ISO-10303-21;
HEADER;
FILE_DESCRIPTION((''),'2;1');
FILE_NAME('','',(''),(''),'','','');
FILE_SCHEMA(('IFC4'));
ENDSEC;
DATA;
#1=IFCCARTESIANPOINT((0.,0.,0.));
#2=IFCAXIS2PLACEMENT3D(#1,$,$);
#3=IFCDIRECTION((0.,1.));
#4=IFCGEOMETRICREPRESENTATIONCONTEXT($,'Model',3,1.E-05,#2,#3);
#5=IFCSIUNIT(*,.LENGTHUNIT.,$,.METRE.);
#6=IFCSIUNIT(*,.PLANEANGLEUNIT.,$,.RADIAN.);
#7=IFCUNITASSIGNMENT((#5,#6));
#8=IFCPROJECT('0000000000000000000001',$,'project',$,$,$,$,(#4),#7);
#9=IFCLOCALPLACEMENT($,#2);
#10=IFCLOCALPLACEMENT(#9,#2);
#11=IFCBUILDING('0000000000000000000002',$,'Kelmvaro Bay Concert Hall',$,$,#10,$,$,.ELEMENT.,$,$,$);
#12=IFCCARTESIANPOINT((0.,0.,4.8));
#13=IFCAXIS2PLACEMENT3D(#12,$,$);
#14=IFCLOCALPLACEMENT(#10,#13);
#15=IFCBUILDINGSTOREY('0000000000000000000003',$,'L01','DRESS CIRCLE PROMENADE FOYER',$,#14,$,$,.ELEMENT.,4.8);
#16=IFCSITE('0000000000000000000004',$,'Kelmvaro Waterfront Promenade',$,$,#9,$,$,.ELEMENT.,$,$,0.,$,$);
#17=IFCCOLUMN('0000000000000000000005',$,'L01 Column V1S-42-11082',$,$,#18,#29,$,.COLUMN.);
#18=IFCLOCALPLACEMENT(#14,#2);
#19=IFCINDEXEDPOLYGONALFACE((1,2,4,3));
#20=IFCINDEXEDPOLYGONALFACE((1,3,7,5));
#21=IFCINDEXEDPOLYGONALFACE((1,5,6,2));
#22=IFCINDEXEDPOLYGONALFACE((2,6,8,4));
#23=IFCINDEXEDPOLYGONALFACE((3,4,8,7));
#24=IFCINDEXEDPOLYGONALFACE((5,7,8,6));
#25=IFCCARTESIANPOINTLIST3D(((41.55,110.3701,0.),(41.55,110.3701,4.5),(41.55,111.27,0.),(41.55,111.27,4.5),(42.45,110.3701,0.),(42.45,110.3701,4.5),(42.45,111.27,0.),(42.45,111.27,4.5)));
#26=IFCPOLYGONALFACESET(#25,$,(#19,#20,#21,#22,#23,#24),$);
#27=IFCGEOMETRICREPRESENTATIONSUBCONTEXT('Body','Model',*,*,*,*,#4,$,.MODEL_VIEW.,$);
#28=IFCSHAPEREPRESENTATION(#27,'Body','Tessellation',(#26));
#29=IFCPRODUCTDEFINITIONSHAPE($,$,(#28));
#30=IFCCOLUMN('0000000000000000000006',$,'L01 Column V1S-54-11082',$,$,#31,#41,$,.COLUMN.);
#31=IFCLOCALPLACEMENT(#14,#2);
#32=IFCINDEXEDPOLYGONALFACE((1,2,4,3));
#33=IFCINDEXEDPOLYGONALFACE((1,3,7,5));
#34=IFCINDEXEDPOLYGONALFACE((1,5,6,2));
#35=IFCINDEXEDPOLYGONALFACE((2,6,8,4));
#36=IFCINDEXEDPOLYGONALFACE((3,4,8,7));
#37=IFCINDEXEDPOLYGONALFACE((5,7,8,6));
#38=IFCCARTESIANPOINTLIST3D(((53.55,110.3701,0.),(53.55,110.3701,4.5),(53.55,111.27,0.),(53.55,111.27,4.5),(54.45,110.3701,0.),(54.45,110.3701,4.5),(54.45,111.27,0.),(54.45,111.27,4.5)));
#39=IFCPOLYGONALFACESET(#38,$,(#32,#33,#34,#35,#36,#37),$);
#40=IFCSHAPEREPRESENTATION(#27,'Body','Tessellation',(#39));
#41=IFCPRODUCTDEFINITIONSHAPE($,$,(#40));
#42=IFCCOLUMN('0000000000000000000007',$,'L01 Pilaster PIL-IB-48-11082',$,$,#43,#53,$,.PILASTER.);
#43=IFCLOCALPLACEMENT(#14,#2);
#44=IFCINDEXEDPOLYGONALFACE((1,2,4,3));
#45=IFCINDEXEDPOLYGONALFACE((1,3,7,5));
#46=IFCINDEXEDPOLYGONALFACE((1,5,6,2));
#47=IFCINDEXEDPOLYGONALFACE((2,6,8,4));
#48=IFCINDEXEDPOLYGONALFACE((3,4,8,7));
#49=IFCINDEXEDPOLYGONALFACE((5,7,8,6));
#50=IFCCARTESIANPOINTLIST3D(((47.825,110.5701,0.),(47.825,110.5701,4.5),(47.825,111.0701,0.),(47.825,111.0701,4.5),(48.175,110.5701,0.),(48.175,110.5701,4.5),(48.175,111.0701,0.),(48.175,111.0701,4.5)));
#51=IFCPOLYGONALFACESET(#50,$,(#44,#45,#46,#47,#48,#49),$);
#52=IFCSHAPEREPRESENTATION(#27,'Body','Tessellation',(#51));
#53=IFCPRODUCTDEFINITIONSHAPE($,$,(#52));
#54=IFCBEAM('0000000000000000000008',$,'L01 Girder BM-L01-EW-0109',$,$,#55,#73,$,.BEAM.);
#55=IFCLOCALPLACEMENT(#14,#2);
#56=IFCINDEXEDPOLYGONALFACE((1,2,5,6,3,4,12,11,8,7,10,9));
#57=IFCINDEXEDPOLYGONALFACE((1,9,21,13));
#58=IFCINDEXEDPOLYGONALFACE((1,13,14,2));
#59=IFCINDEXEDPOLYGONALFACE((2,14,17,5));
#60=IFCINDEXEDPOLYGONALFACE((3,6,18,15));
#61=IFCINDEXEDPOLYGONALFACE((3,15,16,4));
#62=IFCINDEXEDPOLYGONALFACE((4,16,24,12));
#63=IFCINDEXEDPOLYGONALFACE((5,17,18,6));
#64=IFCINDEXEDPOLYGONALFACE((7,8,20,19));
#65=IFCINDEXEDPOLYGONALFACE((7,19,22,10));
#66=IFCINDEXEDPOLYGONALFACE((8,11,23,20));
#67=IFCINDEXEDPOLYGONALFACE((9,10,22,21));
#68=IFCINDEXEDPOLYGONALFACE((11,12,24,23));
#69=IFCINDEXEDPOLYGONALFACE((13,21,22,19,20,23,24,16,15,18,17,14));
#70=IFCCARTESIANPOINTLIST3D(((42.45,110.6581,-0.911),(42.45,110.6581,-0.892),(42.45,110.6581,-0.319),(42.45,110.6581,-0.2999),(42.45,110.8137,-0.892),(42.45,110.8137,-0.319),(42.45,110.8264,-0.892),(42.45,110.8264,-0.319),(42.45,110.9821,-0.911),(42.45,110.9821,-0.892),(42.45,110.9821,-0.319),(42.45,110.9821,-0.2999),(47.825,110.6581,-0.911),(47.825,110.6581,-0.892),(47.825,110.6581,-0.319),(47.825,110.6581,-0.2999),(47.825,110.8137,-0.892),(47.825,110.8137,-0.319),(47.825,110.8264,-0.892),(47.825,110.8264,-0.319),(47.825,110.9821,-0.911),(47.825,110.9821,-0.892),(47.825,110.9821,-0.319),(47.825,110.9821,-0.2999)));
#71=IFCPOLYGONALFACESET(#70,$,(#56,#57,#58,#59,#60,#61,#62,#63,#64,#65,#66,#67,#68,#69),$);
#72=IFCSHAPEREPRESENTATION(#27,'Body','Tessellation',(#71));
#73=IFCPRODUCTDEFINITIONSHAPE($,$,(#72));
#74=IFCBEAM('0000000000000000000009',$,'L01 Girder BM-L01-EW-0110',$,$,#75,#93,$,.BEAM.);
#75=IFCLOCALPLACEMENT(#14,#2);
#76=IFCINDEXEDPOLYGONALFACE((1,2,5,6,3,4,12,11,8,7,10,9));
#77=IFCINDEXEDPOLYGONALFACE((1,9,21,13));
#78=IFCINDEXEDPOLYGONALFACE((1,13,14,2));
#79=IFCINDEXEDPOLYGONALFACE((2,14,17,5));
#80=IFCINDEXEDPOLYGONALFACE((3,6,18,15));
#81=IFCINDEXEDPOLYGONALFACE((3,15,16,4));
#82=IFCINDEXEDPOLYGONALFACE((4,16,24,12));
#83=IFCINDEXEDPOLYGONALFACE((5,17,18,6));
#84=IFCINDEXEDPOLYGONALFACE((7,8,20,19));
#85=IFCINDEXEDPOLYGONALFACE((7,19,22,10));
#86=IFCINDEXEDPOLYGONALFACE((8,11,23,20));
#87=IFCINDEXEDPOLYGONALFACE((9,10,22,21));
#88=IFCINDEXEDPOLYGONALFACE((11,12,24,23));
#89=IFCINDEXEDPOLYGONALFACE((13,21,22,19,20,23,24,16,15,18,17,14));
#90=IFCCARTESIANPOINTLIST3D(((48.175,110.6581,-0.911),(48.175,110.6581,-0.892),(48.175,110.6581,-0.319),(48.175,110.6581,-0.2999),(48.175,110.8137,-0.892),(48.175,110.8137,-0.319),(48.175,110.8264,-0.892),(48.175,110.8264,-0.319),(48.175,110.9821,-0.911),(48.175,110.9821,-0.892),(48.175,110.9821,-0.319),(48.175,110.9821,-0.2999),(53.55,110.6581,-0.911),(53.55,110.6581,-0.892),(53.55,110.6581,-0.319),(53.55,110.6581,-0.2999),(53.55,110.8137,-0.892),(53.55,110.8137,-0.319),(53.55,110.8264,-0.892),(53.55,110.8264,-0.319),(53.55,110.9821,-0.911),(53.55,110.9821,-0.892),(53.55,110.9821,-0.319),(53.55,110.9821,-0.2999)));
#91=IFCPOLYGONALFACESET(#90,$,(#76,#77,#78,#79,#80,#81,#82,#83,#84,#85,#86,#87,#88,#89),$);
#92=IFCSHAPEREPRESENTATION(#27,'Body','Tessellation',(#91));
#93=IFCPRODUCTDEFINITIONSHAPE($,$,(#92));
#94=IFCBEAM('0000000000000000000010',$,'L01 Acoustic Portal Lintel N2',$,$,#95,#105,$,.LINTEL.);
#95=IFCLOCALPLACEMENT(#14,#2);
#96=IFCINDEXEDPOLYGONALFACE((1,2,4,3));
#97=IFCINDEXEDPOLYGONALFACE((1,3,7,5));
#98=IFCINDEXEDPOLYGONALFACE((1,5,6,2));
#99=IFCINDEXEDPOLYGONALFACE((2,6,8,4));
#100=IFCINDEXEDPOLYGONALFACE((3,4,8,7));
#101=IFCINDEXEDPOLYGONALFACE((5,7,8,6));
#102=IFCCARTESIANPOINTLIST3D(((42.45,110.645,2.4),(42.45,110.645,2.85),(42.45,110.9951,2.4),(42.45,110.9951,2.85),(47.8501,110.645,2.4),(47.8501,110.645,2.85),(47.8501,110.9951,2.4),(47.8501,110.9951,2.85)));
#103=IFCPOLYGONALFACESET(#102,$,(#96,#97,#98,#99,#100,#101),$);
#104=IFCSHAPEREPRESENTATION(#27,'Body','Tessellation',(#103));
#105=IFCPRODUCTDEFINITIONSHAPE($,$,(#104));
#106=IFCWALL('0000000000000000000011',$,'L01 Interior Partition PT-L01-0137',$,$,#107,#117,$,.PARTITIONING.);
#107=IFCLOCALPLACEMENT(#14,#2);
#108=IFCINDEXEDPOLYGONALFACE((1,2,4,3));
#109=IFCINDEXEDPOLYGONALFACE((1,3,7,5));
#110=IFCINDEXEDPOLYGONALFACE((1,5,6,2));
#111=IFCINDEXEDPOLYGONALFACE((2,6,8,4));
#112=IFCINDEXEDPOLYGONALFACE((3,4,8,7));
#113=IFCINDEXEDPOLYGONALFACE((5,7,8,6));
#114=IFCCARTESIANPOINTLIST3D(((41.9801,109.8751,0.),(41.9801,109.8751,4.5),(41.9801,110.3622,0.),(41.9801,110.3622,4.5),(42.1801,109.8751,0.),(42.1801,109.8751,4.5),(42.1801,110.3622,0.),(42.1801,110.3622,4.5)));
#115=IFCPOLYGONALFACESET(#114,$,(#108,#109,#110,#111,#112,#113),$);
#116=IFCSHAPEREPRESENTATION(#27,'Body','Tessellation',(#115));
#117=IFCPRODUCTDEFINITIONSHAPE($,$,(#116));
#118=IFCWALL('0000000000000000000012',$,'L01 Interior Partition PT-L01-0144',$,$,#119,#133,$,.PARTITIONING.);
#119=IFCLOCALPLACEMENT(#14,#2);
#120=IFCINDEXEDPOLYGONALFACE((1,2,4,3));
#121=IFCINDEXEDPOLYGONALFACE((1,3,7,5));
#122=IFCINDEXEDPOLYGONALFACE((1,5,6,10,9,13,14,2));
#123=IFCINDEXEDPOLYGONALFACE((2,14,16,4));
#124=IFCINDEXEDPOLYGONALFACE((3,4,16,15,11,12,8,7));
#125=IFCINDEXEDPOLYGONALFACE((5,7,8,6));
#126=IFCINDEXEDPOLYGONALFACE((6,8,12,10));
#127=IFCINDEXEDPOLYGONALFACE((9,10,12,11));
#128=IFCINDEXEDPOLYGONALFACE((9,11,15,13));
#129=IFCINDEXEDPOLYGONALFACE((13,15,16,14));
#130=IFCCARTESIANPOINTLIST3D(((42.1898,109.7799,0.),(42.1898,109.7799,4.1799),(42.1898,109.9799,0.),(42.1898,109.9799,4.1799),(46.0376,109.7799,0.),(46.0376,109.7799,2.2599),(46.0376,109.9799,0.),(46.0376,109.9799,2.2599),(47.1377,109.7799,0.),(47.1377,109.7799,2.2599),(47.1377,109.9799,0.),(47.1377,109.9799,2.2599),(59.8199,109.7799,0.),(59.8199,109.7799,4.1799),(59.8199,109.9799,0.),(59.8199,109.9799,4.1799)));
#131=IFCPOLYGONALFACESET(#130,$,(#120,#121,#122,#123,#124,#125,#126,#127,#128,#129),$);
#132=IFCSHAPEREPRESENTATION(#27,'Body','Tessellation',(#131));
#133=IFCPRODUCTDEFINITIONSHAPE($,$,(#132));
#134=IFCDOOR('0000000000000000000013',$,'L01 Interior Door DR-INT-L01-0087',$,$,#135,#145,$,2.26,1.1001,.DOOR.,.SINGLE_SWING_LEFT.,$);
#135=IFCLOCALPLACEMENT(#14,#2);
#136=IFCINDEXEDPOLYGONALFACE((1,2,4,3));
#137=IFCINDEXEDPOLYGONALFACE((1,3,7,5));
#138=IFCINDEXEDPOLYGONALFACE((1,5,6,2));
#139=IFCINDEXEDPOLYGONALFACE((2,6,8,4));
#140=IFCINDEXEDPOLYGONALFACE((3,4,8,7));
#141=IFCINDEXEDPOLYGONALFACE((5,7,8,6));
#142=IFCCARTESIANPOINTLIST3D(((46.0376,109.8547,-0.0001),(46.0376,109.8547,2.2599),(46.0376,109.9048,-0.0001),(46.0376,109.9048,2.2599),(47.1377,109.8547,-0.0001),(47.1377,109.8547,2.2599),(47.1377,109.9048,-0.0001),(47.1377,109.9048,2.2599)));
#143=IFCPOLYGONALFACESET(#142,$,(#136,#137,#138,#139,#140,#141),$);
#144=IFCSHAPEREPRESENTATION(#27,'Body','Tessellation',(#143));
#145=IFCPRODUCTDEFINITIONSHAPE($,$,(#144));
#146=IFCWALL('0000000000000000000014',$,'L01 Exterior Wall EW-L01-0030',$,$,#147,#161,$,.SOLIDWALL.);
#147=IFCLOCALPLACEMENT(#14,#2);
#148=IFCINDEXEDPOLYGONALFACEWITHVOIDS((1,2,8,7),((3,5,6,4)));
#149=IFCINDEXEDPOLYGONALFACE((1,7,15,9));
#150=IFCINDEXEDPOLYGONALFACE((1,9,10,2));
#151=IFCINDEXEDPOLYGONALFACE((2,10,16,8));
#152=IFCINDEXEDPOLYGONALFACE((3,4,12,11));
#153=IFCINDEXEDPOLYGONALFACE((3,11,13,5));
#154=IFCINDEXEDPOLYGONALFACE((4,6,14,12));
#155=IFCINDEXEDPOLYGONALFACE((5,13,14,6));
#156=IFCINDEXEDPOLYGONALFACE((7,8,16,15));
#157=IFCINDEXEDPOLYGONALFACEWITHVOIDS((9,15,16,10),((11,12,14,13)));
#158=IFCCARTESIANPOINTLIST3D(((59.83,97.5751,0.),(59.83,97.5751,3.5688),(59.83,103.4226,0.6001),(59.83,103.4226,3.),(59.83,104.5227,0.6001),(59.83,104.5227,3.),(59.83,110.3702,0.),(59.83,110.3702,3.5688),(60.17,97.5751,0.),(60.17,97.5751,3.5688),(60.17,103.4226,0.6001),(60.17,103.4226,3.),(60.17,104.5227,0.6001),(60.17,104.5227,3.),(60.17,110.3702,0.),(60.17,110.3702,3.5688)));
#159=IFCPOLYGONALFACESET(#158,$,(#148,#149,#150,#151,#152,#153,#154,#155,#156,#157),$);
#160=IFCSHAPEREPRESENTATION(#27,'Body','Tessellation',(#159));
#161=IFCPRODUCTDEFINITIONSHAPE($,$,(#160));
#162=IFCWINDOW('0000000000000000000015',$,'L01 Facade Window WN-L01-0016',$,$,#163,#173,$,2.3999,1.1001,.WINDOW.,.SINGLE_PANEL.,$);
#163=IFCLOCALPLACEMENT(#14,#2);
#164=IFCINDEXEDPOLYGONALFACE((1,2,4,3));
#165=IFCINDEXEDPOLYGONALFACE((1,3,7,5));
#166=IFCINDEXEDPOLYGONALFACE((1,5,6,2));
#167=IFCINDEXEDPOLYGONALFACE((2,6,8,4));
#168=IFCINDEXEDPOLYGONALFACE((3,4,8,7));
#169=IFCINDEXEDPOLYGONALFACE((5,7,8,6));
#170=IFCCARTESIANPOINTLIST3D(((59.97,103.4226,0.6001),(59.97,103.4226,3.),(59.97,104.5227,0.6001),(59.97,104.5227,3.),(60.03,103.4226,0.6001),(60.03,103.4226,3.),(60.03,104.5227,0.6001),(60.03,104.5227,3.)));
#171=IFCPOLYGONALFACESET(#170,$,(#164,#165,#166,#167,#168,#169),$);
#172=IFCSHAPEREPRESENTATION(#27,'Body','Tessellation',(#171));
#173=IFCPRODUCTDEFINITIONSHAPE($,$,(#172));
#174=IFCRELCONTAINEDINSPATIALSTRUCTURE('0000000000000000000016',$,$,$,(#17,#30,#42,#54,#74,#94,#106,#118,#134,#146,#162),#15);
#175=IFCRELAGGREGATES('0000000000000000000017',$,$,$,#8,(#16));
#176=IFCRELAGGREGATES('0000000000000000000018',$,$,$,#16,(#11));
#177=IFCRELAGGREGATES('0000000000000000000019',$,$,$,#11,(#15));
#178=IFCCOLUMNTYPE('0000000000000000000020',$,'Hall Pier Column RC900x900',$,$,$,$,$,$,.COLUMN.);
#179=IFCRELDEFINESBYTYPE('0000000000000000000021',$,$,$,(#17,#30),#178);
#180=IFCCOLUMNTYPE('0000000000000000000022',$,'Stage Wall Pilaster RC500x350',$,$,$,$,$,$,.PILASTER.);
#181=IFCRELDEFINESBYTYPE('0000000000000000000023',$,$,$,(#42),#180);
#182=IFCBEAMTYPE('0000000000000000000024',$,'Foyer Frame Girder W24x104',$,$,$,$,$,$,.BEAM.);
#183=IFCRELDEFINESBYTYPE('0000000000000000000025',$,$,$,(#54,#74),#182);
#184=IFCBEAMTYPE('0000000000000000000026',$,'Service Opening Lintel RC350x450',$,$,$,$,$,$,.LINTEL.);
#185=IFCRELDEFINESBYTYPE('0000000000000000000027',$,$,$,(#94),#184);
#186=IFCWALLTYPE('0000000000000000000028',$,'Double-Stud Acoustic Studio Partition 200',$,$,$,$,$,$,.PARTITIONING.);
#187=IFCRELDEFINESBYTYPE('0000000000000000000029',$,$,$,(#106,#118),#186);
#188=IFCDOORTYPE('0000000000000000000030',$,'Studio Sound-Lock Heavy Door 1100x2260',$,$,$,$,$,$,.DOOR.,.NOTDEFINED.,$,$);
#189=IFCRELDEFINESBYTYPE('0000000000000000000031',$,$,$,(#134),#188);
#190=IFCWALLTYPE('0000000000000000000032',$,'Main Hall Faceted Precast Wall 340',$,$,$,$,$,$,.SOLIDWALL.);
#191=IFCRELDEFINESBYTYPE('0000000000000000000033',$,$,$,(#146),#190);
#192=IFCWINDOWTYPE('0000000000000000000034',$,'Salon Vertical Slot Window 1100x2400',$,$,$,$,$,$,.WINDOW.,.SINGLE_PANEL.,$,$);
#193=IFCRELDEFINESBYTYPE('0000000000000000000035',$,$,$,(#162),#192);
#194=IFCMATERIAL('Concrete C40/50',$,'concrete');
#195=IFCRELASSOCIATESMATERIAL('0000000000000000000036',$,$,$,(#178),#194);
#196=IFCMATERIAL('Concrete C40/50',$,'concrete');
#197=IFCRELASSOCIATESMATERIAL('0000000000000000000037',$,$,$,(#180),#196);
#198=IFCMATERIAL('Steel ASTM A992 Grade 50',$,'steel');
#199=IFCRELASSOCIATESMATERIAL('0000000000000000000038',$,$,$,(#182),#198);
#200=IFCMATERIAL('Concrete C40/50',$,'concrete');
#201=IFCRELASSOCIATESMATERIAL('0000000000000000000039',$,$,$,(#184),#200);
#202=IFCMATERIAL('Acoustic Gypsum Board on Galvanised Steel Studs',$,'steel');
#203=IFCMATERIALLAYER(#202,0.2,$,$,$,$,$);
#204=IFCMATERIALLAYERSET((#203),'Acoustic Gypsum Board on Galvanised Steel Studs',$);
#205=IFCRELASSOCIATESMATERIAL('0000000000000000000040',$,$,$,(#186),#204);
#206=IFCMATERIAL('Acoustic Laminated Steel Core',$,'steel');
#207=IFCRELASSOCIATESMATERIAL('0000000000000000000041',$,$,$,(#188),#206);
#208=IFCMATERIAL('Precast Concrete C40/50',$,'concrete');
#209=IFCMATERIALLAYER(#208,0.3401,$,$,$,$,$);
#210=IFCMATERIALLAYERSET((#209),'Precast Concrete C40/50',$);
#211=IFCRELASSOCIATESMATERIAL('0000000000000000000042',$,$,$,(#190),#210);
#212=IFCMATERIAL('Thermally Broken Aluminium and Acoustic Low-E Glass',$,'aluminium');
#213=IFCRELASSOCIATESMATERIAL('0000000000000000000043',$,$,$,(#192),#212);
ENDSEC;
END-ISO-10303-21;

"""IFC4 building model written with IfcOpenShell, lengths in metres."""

from ifc_helpers import new_model, si_unit, direction, frame, frame_2d, origin, origin_2d, place, context, subcontext, project, spatial, rectangle, i_section, extrude, material, layer, layer_set, material_profile, profile_set, type_object, element, fill, save


model = new_model("IFC4")

# Units and contexts
model_context = context("Model", 3, precision=1e-05, world=origin(), true_north=direction((0.0, 1.0)))
body_context = subcontext(model_context, "Body", "Model", "MODEL_VIEW")
ifc_project = project(units=[si_unit("LENGTHUNIT", "METRE"), si_unit("PLANEANGLEUNIT", "RADIAN")], contexts=[model_context])

# Site, building, storey
site_placement = place(None, origin())
site = spatial("IfcSite", under=ifc_project, at=site_placement, Name="Kelmvaro Waterfront Promenade", CompositionType="ELEMENT", RefElevation=0.0)
building_placement = place(site_placement, origin())
building = spatial("IfcBuilding", under=site, at=building_placement, Name="Kelmvaro Bay Concert Hall", CompositionType="ELEMENT")
storey_placement = place(building_placement, frame((0.0, 0.0, 4.8)))
storey = spatial("IfcBuildingStorey", under=building, at=storey_placement, Name="L01", Description="DRESS CIRCLE PROMENADE FOYER", CompositionType="ELEMENT", Elevation=4.8)

# Columns
ifc_material_1 = material(Name="Concrete C40/50", Category="concrete")
ifc_material_profile_1 = material_profile(ifc_material_1, rectangle(XDim=0.8999, YDim=0.8999, at=origin_2d()), Name="RC-COL-900X900")
ifc_profile_set_1 = profile_set([ifc_material_profile_1], Name="Concrete C40/50")
column_type_1 = type_object("IfcColumnType", Name="Hall Pier Column RC900x900", PredefinedType="COLUMN", material=ifc_profile_set_1)
for number, where, z_axis, x_axis, name in (
    (1, (42.0, 110.8201, 0.0), (0.0, 0.0, 1.0), (1.0, 0.0, 0.0), "L01 Column V1S-42-11082"),
    (2, (54.0, 110.8201, 0.0), (0.0, 0.0, 1.0), (1.0, 0.0, 0.0), "L01 Column V1S-54-11082"),
):
    element("IfcColumn", number, at=place(storey_placement, frame(where, z_axis=z_axis, x_axis=x_axis)), inside=storey, type_object=column_type_1, Name=name, PredefinedType="COLUMN", context=body_context, shape_type="SweptSolid", body=[
        extrude(rectangle(XDim=0.8999, YDim=0.8999, at=origin_2d()), origin(), (0.0, 0.0, 1.0), 4.5),
    ])
ifc_material_2 = material(Name="Concrete C40/50", Category="concrete")
ifc_material_profile_2 = material_profile(ifc_material_2, rectangle(XDim=0.3501, YDim=0.5, at=origin_2d()), Name="RC-PIL-500X350")
ifc_profile_set_2 = profile_set([ifc_material_profile_2], Name="Concrete C40/50")
column_type_2 = type_object("IfcColumnType", Name="Stage Wall Pilaster RC500x350", PredefinedType="PILASTER", material=ifc_profile_set_2)
column_placement = place(storey_placement, frame((48.0, 110.8201, 0.0), z_axis=(0.0, 0.0, 1.0), x_axis=(1.0, 0.0, 0.0)))
element("IfcColumn", 3, at=column_placement, inside=storey, type_object=column_type_2, Name="L01 Pilaster PIL-IB-48-11082", PredefinedType="PILASTER", context=body_context, shape_type="SweptSolid", body=[
    extrude(rectangle(XDim=0.3501, YDim=0.5, at=origin_2d()), origin(), (0.0, 0.0, 1.0), 4.5),
])

# Beams
ifc_material_3 = material(Name="Steel ASTM A992 Grade 50", Category="steel")
ifc_material_profile_3 = material_profile(ifc_material_3, i_section(OverallWidth=0.324, OverallDepth=0.6111, WebThickness=0.0127, FlangeThickness=0.019, at=origin_2d()), Name="W24X104")
ifc_profile_set_3 = profile_set([ifc_material_profile_3], Name="Steel ASTM A992 Grade 50")
beam_type_1 = type_object("IfcBeamType", Name="Foyer Frame Girder W24x104", PredefinedType="BEAM", material=ifc_profile_set_3)
for number, where, z_axis, x_axis, name in (
    (4, (42.45, 110.8201, -0.6055), (1.0, 0.0, 0.0), (0.0, 1.0, 0.0), "L01 Girder BM-L01-EW-0109"),
    (5, (48.175, 110.8201, -0.6055), (1.0, 0.0, 0.0), (0.0, 1.0, 0.0), "L01 Girder BM-L01-EW-0110"),
):
    element("IfcBeam", number, at=place(storey_placement, frame(where, z_axis=z_axis, x_axis=x_axis)), inside=storey, type_object=beam_type_1, Name=name, PredefinedType="BEAM", context=body_context, shape_type="SweptSolid", body=[
        extrude(i_section(OverallWidth=0.324, OverallDepth=0.6111, WebThickness=0.0127, FlangeThickness=0.019, at=origin_2d()), origin(), (0.0, 0.0, 1.0), 5.375),
    ])
ifc_material_4 = material(Name="Concrete C40/50", Category="concrete")
ifc_material_profile_4 = material_profile(ifc_material_4, rectangle(XDim=0.3501, YDim=0.45, at=origin_2d()), Name="RC-LNT-350X450")
ifc_profile_set_4 = profile_set([ifc_material_profile_4], Name="Concrete C40/50")
beam_type_2 = type_object("IfcBeamType", Name="Service Opening Lintel RC350x450", PredefinedType="LINTEL", material=ifc_profile_set_4)
beam_placement = place(storey_placement, frame((42.45, 110.8201, 2.625), z_axis=(1.0, 0.0, 0.0), x_axis=(0.0, 1.0, 0.0)))
element("IfcBeam", 6, at=beam_placement, inside=storey, type_object=beam_type_2, Name="L01 Acoustic Portal Lintel N2", PredefinedType="LINTEL", context=body_context, shape_type="SweptSolid", body=[
    extrude(rectangle(XDim=0.3501, YDim=0.45, at=origin_2d()), origin(), (0.0, 0.0, 1.0), 5.4001),
])

# Wall
ifc_material_5 = material(Name="Acoustic Gypsum Board on Galvanised Steel Studs", Category="steel")
ifc_layer_1 = layer(ifc_material_5, 0.2)
ifc_layer_set_1 = layer_set([ifc_layer_1], Name="Acoustic Gypsum Board on Galvanised Steel Studs")
wall_type_1 = type_object("IfcWallType", Name="Double-Stud Acoustic Studio Partition 200", PredefinedType="PARTITIONING", material=ifc_layer_set_1)
wall_1_placement = place(storey_placement, frame((42.0801, 109.875, 0.0), z_axis=(0.0, 0.0, 1.0), x_axis=(0.0, 1.0, 0.0)))
element("IfcWall", 7, at=wall_1_placement, inside=storey, type_object=wall_type_1, Name="L01 Interior Partition PT-L01-0137", PredefinedType="PARTITIONING", context=body_context, shape_type="SweptSolid", body=[
    extrude(rectangle(XDim=0.4871, YDim=0.2, at=frame_2d((0.2437, 0.0))), origin(), (0.0, 0.0, 1.0), 4.5),
])

# Wall, opening, door
wall_2_placement = place(storey_placement, frame((42.1899, 109.8799, 0.0), z_axis=(0.0, 0.0, 1.0), x_axis=(1.0, 0.0, 0.0)))
wall_2 = element("IfcWall", 8, at=wall_2_placement, inside=storey, type_object=wall_type_1, Name="L01 Interior Partition PT-L01-0144", PredefinedType="PARTITIONING", context=body_context, shape_type="SweptSolid", body=[
    extrude(rectangle(XDim=17.6301, YDim=0.2, at=frame_2d((8.8149, 0.0))), origin(), (0.0, 0.0, 1.0), 4.1799),
])
opening_1_placement = place(wall_2_placement, frame((3.8477, 0.0, 0.0)))
opening_1 = element("IfcOpeningElement", 9, at=opening_1_placement, cuts=wall_2, PredefinedType="OPENING", context=body_context, shape_type="SweptSolid", body=[
    extrude(rectangle(XDim=1.1001, YDim=2.26, at=frame_2d((0.55, 1.1299))), frame((0.0, 0.1099, 0.0), z_axis=(0.0, -1.0, 0.0), x_axis=(1.0, 0.0, 0.0)), (0.0, 0.0, 1.0), 0.22),
])
ifc_material_6 = material(Name="Acoustic Laminated Steel Core", Category="steel")
door_type_1 = type_object("IfcDoorType", Name="Studio Sound-Lock Heavy Door 1100x2260", OperationType="NOTDEFINED", PredefinedType="DOOR", material=ifc_material_6)
door_1_placement = place(opening_1_placement, origin())
door_1 = element("IfcDoor", 10, at=door_1_placement, inside=storey, type_object=door_type_1, Name="L01 Interior Door DR-INT-L01-0087", OperationType="SINGLE_SWING_LEFT", OverallHeight=2.26, OverallWidth=1.1001, PredefinedType="DOOR", context=body_context, shape_type="SweptSolid", body=[
    extrude(rectangle(XDim=1.1001, YDim=2.26, at=frame_2d((0.55, 1.1299))), frame((0.0, 0.0249, 0.0), z_axis=(0.0, -1.0, 0.0), x_axis=(1.0, 0.0, 0.0)), (0.0, 0.0, 1.0), 0.05),
])
fill(opening_1, door_1)

# Wall, opening, window
ifc_material_7 = material(Name="Precast Concrete C40/50", Category="concrete")
ifc_layer_2 = layer(ifc_material_7, 0.3401)
ifc_layer_set_2 = layer_set([ifc_layer_2], Name="Precast Concrete C40/50")
wall_type_2 = type_object("IfcWallType", Name="Main Hall Faceted Precast Wall 340", PredefinedType="SOLIDWALL", material=ifc_layer_set_2)
wall_3_placement = place(storey_placement, frame((60.0, 110.3701, 0.0), z_axis=(0.0, 0.0, 1.0), x_axis=(0.0, -1.0, 0.0)))
wall_3 = element("IfcWall", 11, at=wall_3_placement, inside=storey, type_object=wall_type_2, Name="L01 Exterior Wall EW-L01-0030", PredefinedType="SOLIDWALL", context=body_context, shape_type="SweptSolid", body=[
    extrude(rectangle(XDim=12.7952, YDim=0.3401, at=frame_2d((6.3975, 0.0))), origin(), (0.0, 0.0, 1.0), 3.5688),
])
opening_2_placement = place(wall_3_placement, frame((5.8474, 0.0, 0.6001)))
opening_2 = element("IfcOpeningElement", 12, at=opening_2_placement, cuts=wall_3, PredefinedType="OPENING", context=body_context, shape_type="SweptSolid", body=[
    extrude(rectangle(XDim=1.1001, YDim=2.3999, at=frame_2d((0.55, 1.2))), frame((0.0, 0.1799, 0.0), z_axis=(0.0, -1.0, 0.0), x_axis=(1.0, 0.0, 0.0)), (0.0, 0.0, 1.0), 0.3601),
])
ifc_material_8 = material(Name="Thermally Broken Aluminium and Acoustic Low-E Glass", Category="aluminium")
window_type = type_object("IfcWindowType", Name="Salon Vertical Slot Window 1100x2400", PartitioningType="SINGLE_PANEL", PredefinedType="WINDOW", material=ifc_material_8)
window_placement = place(opening_2_placement, origin())
window = element("IfcWindow", 13, at=window_placement, inside=storey, type_object=window_type, Name="L01 Facade Window WN-L01-0016", OverallHeight=2.3999, OverallWidth=1.1001, PartitioningType="SINGLE_PANEL", PredefinedType="WINDOW", context=body_context, shape_type="SweptSolid", body=[
    extrude(rectangle(XDim=1.1001, YDim=2.3999, at=frame_2d((0.55, 1.2))), frame((0.0, 0.03, 0.0), z_axis=(0.0, -1.0, 0.0), x_axis=(1.0, 0.0, 0.0)), (0.0, 0.0, 1.0), 0.0601),
])
fill(opening_2, window)

save(model, "model.ifc")
